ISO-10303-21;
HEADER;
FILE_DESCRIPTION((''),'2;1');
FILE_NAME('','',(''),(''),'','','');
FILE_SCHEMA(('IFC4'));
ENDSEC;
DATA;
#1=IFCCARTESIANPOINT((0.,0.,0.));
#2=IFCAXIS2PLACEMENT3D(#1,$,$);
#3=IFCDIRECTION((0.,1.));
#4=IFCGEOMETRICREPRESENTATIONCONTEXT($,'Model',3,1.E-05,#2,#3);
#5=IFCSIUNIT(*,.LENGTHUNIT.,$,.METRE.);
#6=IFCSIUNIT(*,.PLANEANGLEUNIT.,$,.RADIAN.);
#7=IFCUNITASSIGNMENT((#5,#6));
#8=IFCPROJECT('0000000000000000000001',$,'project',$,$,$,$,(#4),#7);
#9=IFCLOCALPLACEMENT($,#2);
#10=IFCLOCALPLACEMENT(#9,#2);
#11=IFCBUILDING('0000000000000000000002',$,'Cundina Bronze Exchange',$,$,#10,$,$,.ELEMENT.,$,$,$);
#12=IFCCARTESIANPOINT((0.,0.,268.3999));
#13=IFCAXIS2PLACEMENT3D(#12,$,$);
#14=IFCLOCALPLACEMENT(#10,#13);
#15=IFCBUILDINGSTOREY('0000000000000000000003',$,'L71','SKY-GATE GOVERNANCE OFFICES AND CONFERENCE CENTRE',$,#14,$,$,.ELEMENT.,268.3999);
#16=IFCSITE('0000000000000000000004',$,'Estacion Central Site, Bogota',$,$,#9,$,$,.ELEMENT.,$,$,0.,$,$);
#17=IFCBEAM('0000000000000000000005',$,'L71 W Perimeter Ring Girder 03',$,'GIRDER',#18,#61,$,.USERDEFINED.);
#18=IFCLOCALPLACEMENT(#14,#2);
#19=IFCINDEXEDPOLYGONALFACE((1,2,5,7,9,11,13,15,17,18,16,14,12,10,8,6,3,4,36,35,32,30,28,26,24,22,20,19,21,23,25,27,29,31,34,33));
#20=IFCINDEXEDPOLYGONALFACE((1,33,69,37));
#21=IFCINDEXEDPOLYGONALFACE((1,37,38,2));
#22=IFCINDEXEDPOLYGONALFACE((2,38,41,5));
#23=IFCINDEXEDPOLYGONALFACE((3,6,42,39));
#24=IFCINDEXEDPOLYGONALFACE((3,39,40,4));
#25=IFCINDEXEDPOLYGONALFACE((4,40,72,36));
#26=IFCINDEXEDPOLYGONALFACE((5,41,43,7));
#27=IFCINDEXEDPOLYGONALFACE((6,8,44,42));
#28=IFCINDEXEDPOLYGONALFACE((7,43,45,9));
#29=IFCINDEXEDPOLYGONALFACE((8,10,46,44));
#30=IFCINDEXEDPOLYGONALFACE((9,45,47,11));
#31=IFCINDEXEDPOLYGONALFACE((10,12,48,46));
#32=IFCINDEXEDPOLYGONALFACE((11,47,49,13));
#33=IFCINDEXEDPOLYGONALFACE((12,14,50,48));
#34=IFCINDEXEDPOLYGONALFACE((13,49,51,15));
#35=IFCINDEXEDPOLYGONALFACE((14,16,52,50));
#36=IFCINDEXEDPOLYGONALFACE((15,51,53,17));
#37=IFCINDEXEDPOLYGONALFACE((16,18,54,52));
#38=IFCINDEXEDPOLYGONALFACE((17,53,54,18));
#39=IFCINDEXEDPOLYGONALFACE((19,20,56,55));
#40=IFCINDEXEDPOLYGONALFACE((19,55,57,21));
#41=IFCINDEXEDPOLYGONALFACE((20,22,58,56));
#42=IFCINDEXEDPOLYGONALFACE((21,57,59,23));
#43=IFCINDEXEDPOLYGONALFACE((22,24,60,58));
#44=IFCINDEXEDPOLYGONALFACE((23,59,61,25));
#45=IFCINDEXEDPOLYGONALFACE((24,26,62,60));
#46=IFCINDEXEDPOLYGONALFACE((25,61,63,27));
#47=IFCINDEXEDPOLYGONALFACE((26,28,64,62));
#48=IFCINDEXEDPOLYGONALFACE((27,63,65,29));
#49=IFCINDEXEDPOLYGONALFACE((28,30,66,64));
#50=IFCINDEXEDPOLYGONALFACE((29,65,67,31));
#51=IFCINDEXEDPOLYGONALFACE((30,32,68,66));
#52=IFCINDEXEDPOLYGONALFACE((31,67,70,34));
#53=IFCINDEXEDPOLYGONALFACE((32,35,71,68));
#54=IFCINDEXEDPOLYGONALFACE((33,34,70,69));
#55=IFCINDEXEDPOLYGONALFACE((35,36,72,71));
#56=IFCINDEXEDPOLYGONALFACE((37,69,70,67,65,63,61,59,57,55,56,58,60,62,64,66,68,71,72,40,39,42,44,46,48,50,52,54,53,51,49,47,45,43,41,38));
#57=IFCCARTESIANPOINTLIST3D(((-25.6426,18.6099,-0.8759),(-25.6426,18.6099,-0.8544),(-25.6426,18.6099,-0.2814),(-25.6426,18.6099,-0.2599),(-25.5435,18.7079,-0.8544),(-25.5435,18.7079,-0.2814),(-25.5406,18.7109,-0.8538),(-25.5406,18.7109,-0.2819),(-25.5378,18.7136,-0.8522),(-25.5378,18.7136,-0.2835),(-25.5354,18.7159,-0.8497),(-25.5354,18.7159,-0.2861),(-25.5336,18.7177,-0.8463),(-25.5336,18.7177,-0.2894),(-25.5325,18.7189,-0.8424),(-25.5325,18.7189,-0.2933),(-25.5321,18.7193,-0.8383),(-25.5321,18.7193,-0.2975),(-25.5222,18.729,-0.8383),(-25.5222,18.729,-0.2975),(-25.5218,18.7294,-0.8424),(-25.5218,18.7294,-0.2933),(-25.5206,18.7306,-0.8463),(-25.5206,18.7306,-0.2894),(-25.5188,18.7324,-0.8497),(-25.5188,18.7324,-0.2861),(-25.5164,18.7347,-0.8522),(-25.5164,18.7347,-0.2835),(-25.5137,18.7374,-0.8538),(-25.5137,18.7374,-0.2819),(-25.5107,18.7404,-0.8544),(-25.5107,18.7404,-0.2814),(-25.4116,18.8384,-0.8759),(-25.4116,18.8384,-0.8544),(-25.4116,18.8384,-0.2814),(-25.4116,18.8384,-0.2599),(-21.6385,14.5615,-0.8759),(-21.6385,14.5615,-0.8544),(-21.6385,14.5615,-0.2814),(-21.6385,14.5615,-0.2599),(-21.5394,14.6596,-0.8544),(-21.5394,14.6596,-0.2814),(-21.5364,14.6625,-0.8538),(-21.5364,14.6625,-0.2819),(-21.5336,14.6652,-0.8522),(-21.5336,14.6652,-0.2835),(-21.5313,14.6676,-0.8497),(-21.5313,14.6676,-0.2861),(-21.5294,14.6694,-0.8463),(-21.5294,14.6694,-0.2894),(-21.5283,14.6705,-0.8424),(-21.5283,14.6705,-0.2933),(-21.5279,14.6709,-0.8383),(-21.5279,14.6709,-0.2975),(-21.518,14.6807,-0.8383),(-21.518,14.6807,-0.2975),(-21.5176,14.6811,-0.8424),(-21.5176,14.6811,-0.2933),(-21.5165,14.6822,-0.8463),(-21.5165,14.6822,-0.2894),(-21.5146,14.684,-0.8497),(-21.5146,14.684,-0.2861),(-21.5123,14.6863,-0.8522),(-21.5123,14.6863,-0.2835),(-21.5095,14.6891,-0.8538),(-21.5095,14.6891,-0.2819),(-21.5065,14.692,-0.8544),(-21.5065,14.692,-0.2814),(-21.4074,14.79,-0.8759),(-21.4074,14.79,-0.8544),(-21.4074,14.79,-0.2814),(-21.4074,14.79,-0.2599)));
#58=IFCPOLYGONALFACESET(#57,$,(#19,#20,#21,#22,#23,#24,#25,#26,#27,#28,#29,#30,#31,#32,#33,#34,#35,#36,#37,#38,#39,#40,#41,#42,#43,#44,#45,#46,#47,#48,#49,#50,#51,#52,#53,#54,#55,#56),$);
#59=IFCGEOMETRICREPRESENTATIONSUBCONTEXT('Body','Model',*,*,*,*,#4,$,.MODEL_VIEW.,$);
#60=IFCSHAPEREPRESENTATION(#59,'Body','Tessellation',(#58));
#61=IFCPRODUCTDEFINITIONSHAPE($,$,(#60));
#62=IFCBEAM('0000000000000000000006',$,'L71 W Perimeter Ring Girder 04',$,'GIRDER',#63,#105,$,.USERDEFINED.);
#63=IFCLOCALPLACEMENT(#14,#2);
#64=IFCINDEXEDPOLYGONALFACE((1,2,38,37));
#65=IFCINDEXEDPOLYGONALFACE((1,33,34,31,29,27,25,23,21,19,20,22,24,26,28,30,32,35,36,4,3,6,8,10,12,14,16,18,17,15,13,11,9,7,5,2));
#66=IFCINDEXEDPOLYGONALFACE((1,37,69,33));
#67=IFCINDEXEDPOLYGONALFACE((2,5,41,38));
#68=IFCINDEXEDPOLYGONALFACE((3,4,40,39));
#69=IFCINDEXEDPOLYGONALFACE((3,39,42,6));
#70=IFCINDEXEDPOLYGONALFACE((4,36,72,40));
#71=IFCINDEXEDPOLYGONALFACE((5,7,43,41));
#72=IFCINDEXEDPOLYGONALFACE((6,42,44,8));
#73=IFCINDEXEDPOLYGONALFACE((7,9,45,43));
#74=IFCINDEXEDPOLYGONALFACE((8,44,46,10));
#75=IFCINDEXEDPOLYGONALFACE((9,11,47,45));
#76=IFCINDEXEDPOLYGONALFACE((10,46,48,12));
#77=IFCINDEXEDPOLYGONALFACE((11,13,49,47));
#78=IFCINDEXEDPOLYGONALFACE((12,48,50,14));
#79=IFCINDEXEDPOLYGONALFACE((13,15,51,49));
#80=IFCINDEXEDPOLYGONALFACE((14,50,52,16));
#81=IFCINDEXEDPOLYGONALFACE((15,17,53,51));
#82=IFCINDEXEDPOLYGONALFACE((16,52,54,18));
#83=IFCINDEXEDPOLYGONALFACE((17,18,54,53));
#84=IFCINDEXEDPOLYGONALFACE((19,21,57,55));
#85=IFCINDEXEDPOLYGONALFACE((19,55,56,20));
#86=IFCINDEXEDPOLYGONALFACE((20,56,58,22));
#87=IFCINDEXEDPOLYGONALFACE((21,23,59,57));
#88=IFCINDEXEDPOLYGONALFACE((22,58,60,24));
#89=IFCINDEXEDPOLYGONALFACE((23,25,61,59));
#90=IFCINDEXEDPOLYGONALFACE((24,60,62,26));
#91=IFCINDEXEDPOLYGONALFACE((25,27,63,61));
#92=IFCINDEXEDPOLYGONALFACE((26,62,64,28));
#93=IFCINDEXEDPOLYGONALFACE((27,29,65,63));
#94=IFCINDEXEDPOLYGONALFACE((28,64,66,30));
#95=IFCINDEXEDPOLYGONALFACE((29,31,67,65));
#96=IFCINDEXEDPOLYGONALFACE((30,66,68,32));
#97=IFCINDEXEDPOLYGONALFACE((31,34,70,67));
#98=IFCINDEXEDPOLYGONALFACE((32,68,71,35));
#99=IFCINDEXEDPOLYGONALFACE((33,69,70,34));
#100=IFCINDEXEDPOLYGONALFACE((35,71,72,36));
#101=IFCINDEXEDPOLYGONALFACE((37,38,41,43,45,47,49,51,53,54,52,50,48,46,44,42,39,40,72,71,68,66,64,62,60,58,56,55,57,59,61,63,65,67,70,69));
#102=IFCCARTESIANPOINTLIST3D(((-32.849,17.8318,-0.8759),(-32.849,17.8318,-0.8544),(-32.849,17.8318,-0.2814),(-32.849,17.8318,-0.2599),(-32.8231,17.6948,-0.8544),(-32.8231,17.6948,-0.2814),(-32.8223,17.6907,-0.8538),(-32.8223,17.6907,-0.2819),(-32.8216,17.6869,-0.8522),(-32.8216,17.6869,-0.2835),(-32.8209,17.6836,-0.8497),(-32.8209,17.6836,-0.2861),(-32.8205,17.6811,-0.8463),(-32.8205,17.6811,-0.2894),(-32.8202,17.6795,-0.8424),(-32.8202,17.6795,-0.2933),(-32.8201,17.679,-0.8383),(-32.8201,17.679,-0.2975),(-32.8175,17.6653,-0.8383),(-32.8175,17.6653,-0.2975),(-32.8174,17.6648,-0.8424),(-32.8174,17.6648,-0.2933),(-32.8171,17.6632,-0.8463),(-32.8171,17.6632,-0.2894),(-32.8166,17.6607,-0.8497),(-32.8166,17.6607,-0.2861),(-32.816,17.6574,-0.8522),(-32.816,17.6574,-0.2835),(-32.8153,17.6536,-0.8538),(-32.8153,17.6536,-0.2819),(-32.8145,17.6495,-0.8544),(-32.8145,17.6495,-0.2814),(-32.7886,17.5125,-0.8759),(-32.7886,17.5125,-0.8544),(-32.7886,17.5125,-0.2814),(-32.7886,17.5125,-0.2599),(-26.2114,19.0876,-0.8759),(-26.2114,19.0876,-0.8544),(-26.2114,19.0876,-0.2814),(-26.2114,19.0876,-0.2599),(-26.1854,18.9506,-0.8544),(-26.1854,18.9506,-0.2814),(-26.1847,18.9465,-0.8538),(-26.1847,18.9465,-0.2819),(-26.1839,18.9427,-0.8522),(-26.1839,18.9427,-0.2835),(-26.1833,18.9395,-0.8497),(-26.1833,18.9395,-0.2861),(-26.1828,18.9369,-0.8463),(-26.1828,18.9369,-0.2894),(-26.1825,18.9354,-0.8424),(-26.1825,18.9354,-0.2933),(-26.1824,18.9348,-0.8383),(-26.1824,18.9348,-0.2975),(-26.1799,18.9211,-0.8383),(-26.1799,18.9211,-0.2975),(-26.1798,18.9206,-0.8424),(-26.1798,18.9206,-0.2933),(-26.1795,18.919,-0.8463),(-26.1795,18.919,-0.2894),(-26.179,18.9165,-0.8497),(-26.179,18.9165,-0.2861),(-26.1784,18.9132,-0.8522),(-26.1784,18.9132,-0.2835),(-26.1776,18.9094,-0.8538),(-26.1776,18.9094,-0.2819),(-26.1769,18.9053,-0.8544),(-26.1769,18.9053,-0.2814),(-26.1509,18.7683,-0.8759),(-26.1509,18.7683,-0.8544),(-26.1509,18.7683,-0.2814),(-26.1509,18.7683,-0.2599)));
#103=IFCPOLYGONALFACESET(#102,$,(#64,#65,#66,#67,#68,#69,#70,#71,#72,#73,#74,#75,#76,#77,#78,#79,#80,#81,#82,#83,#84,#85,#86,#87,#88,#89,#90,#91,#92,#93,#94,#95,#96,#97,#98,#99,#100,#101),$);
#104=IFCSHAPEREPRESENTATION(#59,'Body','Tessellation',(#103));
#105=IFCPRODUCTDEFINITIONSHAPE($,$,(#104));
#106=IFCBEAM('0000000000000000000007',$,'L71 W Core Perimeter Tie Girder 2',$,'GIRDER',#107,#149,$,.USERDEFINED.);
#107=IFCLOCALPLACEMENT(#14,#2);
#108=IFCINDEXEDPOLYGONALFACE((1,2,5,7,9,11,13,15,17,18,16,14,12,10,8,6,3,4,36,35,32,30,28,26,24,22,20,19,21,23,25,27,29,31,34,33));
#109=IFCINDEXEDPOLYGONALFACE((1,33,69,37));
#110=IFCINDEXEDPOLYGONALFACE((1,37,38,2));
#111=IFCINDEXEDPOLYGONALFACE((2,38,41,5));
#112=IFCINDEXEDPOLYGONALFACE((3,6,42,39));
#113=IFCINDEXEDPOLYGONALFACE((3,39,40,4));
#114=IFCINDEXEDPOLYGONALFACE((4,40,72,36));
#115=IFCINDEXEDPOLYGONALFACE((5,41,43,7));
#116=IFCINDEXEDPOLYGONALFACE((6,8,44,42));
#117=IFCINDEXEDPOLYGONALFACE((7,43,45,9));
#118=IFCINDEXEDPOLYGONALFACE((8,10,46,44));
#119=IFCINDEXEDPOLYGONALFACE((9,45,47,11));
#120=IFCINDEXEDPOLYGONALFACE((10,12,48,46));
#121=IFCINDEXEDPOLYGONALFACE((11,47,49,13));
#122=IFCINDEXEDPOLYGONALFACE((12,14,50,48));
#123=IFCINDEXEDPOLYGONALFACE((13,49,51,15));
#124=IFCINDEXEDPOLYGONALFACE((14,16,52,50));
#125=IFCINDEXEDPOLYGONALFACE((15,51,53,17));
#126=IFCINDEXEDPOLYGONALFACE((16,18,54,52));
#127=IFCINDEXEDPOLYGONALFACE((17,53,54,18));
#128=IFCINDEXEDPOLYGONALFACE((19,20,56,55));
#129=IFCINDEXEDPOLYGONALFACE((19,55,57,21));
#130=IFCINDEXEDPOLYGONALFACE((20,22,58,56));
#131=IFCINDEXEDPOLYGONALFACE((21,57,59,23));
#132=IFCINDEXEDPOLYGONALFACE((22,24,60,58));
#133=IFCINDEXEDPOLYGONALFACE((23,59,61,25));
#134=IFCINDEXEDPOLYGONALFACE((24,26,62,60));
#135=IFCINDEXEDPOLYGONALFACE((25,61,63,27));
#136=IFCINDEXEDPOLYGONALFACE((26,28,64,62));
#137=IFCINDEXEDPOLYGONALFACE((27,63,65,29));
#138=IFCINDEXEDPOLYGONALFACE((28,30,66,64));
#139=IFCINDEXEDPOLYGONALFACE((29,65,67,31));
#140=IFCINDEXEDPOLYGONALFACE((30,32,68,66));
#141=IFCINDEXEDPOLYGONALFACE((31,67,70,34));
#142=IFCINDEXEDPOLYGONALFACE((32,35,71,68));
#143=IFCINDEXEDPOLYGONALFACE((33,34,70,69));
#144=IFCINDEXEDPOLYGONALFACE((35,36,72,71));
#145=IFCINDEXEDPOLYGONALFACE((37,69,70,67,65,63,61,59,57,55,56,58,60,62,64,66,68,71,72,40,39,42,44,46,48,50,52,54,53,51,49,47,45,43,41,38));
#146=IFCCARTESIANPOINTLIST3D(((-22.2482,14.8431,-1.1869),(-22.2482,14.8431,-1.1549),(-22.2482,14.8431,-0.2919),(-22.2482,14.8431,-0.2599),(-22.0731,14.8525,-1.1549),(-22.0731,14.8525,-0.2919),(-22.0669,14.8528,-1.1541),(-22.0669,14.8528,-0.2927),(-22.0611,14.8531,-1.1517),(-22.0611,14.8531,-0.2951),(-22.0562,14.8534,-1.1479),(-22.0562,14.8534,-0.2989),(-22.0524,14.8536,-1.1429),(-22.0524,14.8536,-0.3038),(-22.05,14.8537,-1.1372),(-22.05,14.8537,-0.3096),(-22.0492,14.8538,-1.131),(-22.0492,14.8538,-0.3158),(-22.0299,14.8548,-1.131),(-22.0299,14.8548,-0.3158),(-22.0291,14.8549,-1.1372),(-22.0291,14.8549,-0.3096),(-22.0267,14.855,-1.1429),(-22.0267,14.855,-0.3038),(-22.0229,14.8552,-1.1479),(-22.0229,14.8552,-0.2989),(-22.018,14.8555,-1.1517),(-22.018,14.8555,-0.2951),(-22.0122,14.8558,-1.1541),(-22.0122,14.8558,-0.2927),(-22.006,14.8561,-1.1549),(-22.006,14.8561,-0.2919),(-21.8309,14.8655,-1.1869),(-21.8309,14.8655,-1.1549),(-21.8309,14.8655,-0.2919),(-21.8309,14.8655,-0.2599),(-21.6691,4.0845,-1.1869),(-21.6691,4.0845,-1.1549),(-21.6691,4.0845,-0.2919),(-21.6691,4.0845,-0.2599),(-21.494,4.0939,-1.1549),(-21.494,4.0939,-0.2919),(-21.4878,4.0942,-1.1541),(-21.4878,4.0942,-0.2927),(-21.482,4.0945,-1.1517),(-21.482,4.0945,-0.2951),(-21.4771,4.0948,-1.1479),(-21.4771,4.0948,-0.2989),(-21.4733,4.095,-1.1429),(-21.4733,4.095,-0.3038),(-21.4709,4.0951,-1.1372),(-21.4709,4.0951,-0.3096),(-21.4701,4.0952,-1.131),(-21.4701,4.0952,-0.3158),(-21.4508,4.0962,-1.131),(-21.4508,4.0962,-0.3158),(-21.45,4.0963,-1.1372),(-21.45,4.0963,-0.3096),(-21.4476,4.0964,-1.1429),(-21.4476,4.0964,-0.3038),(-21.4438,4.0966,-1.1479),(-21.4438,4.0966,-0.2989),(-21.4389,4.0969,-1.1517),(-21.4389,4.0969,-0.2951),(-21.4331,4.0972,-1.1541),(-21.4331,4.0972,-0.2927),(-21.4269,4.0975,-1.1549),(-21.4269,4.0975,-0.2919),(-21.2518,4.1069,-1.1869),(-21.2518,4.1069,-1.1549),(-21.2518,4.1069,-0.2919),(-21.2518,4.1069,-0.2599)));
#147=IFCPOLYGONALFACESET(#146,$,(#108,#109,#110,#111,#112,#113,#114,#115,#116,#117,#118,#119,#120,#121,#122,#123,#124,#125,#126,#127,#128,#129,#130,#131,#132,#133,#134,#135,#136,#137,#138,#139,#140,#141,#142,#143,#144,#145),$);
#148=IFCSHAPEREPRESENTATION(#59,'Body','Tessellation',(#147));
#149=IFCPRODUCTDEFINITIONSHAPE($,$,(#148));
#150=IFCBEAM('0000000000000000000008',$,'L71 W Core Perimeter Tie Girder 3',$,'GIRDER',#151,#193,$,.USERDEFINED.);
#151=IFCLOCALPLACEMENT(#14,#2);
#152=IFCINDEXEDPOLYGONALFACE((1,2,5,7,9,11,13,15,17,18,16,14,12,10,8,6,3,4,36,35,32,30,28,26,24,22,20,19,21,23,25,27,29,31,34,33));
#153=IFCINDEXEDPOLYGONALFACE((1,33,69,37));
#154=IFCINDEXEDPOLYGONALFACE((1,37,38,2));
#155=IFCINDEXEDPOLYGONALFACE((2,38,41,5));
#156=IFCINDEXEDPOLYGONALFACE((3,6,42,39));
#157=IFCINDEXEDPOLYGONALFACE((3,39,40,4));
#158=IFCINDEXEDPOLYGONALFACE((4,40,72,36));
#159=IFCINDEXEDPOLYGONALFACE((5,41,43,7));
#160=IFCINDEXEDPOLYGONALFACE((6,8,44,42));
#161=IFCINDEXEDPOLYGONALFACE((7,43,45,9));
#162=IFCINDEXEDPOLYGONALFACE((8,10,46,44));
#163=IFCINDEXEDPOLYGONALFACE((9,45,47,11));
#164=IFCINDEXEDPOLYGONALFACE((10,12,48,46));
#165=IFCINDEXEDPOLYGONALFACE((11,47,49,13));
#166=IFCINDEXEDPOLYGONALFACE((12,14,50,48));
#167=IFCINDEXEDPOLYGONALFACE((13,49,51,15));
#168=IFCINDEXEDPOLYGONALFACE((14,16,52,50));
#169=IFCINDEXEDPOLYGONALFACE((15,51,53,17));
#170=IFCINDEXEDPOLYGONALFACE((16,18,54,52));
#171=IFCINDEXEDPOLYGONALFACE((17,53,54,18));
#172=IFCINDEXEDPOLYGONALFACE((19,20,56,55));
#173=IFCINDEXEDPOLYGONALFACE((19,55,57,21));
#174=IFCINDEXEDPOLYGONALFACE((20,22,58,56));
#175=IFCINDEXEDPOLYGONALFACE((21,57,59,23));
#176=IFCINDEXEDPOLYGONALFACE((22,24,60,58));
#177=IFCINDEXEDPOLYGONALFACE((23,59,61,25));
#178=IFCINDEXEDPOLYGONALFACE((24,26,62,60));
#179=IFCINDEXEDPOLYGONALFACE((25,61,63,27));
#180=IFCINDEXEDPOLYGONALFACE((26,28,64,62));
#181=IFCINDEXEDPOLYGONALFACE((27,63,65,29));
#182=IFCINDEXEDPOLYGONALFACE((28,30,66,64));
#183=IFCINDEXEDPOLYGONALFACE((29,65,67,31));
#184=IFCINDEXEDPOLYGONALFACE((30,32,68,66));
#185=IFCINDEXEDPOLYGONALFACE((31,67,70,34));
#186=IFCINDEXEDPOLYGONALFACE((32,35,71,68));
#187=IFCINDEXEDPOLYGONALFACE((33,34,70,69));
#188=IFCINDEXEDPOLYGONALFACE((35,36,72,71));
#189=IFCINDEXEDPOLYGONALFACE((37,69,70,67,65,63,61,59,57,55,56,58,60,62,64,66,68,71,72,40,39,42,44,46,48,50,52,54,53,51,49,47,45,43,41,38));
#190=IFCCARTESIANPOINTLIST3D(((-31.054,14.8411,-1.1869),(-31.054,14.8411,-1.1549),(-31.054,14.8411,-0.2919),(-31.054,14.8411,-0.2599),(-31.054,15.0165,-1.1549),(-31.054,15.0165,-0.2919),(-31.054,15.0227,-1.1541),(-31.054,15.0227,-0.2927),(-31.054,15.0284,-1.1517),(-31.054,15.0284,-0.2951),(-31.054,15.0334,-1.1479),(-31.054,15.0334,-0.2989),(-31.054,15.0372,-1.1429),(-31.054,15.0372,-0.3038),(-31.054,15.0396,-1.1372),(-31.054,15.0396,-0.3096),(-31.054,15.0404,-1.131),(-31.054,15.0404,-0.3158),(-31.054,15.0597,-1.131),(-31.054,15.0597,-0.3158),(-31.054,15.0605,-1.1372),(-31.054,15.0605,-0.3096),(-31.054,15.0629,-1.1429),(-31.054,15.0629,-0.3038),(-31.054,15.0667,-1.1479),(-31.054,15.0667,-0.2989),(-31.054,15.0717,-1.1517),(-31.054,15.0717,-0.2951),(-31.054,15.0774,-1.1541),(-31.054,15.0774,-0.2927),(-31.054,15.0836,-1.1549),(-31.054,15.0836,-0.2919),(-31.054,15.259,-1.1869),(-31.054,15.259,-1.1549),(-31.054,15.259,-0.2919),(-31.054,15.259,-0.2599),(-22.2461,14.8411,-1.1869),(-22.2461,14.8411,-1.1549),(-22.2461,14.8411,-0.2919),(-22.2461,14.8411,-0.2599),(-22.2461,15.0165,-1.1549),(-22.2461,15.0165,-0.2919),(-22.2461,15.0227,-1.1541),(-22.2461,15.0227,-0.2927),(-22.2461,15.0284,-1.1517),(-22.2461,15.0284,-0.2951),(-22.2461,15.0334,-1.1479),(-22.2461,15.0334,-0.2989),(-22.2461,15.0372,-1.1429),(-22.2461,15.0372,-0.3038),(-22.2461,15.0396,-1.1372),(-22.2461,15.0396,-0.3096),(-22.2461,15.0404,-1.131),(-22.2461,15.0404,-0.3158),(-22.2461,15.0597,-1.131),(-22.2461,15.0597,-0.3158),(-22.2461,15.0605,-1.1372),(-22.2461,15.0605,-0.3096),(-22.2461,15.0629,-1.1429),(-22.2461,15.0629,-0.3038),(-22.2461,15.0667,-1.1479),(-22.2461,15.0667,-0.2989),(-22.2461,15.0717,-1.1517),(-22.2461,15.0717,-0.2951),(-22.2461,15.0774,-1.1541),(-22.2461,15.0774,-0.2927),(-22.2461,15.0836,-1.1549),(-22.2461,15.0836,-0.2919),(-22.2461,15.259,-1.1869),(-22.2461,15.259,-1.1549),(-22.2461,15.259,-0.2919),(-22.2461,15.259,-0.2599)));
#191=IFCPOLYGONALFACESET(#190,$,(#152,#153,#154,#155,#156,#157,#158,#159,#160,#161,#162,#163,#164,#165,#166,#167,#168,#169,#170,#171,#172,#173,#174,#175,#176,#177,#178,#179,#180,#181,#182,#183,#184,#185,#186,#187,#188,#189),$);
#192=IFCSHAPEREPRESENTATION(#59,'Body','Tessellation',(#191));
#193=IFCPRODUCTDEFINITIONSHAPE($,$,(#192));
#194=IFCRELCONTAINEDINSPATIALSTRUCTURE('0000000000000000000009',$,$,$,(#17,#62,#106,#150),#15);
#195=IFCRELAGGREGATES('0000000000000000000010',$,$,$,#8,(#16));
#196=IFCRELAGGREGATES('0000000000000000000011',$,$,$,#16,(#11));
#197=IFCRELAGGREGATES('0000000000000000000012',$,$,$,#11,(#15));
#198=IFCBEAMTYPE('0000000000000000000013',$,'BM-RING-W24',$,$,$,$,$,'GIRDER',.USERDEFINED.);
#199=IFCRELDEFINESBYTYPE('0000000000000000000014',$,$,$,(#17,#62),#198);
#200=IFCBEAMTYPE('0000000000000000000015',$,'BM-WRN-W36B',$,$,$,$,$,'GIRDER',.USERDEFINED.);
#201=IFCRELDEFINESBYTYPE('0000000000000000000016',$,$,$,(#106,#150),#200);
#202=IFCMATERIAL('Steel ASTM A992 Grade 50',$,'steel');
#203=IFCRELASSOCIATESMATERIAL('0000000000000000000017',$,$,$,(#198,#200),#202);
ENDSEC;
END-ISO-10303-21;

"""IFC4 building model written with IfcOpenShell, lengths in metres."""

from ifc_helpers import new_model, si_unit, direction, frame, origin, origin_2d, place, context, subcontext, project, spatial, i_section, extrude, material, material_profile, profile_set, type_object, element, save


model = new_model("IFC4")

# Units and contexts
model_context = context("Model", 3, precision=1e-05, world=origin(), true_north=direction((0.0, 1.0)))
body_context = subcontext(model_context, "Body", "Model", "MODEL_VIEW")
ifc_project = project(units=[si_unit("LENGTHUNIT", "METRE"), si_unit("PLANEANGLEUNIT", "RADIAN")], contexts=[model_context])

# Site, building, storey
site_placement = place(None, origin())
site = spatial("IfcSite", under=ifc_project, at=site_placement, Name="Estacion Central Site, Bogota", CompositionType="ELEMENT", RefElevation=0.0)
building_placement = place(site_placement, origin())
building = spatial("IfcBuilding", under=site, at=building_placement, Name="Cundina Bronze Exchange", CompositionType="ELEMENT")
storey_placement = place(building_placement, frame((0.0, 0.0, 268.3999)))
storey = spatial("IfcBuildingStorey", under=building, at=storey_placement, Name="L71", Description="SKY-GATE GOVERNANCE OFFICES AND CONFERENCE CENTRE", CompositionType="ELEMENT", Elevation=268.3999)

# Shared definitions
ifc_material_1 = material(Name="Steel ASTM A992 Grade 50", Category="steel")

# Beams
ifc_material_profile_1 = material_profile(ifc_material_1, i_section(OverallWidth=0.325, OverallDepth=0.616, WebThickness=0.0139, FlangeThickness=0.0215, FilletRadius=0.0161, at=origin_2d()), Name="W24X117", Category="steel")
ifc_profile_set_1 = profile_set([ifc_material_profile_1], Name="Steel ASTM A992 Grade 50")
beam_type_1 = type_object("IfcBeamType", Name="BM-RING-W24", ElementType="GIRDER", PredefinedType="USERDEFINED", material=ifc_profile_set_1)
beam_1_placement = place(storey_placement, frame((-21.5229, 14.6758, -0.5679), z_axis=(-0.703216, 0.710976, 0.0), x_axis=(-0.710976, -0.703216, 0.0)))
element("IfcBeam", 1, at=beam_1_placement, inside=storey, type_object=beam_type_1, Name="L71 W Perimeter Ring Girder 03", ObjectType="GIRDER", PredefinedType="USERDEFINED", context=body_context, shape_type="SweptSolid", body=[
    extrude(i_section(OverallWidth=0.325, OverallDepth=0.616, WebThickness=0.0139, FlangeThickness=0.0215, FilletRadius=0.0161, at=origin_2d()), origin(), (0.0, 0.0, 1.0), 5.6941),
])
beam_2_placement = place(storey_placement, frame((-26.1812, 18.928, -0.5679), z_axis=(-0.982568, -0.185903, 0.0), x_axis=(0.185903, -0.982568, 0.0)))
element("IfcBeam", 2, at=beam_2_placement, inside=storey, type_object=beam_type_1, Name="L71 W Perimeter Ring Girder 04", ObjectType="GIRDER", PredefinedType="USERDEFINED", context=body_context, shape_type="SweptSolid", body=[
    extrude(i_section(OverallWidth=0.325, OverallDepth=0.616, WebThickness=0.0139, FlangeThickness=0.0215, FilletRadius=0.0161, at=origin_2d()), origin(), (0.0, 0.0, 1.0), 6.7554),
])
ifc_material_profile_2 = material_profile(ifc_material_1, i_section(OverallWidth=0.418, OverallDepth=0.927, WebThickness=0.0193, FlangeThickness=0.032, FilletRadius=0.0239, at=origin_2d()), Name="W36X231", Category="steel")
ifc_profile_set_2 = profile_set([ifc_material_profile_2], Name="Steel ASTM A992 Grade 50")
beam_type_2 = type_object("IfcBeamType", Name="BM-WRN-W36B", ElementType="GIRDER", PredefinedType="USERDEFINED", material=ifc_profile_set_2)
beam_3_placement = place(storey_placement, frame((-21.4604, 4.0957, -0.7234), z_axis=(-0.053749, 0.998554, 0.0), x_axis=(-0.998554, -0.053749, 0.0)))
element("IfcBeam", 3, at=beam_3_placement, inside=storey, type_object=beam_type_2, Name="L71 W Core Perimeter Tie Girder 2", ObjectType="GIRDER", PredefinedType="USERDEFINED", context=body_context, shape_type="SweptSolid", body=[
    extrude(i_section(OverallWidth=0.418, OverallDepth=0.927, WebThickness=0.0193, FlangeThickness=0.032, FilletRadius=0.0239, at=origin_2d()), origin(), (0.0, 0.0, 1.0), 10.7742),
])
beam_4_placement = place(storey_placement, frame((-22.2461, 15.05, -0.7234), z_axis=(-1.0, 0.0, 0.0), x_axis=(0.0, -1.0, 0.0)))
element("IfcBeam", 4, at=beam_4_placement, inside=storey, type_object=beam_type_2, Name="L71 W Core Perimeter Tie Girder 3", ObjectType="GIRDER", PredefinedType="USERDEFINED", context=body_context, shape_type="SweptSolid", body=[
    extrude(i_section(OverallWidth=0.418, OverallDepth=0.927, WebThickness=0.0193, FlangeThickness=0.032, FilletRadius=0.0239, at=origin_2d()), origin(), (0.0, 0.0, 1.0), 8.8079),
])

save(model, "model.ifc")
